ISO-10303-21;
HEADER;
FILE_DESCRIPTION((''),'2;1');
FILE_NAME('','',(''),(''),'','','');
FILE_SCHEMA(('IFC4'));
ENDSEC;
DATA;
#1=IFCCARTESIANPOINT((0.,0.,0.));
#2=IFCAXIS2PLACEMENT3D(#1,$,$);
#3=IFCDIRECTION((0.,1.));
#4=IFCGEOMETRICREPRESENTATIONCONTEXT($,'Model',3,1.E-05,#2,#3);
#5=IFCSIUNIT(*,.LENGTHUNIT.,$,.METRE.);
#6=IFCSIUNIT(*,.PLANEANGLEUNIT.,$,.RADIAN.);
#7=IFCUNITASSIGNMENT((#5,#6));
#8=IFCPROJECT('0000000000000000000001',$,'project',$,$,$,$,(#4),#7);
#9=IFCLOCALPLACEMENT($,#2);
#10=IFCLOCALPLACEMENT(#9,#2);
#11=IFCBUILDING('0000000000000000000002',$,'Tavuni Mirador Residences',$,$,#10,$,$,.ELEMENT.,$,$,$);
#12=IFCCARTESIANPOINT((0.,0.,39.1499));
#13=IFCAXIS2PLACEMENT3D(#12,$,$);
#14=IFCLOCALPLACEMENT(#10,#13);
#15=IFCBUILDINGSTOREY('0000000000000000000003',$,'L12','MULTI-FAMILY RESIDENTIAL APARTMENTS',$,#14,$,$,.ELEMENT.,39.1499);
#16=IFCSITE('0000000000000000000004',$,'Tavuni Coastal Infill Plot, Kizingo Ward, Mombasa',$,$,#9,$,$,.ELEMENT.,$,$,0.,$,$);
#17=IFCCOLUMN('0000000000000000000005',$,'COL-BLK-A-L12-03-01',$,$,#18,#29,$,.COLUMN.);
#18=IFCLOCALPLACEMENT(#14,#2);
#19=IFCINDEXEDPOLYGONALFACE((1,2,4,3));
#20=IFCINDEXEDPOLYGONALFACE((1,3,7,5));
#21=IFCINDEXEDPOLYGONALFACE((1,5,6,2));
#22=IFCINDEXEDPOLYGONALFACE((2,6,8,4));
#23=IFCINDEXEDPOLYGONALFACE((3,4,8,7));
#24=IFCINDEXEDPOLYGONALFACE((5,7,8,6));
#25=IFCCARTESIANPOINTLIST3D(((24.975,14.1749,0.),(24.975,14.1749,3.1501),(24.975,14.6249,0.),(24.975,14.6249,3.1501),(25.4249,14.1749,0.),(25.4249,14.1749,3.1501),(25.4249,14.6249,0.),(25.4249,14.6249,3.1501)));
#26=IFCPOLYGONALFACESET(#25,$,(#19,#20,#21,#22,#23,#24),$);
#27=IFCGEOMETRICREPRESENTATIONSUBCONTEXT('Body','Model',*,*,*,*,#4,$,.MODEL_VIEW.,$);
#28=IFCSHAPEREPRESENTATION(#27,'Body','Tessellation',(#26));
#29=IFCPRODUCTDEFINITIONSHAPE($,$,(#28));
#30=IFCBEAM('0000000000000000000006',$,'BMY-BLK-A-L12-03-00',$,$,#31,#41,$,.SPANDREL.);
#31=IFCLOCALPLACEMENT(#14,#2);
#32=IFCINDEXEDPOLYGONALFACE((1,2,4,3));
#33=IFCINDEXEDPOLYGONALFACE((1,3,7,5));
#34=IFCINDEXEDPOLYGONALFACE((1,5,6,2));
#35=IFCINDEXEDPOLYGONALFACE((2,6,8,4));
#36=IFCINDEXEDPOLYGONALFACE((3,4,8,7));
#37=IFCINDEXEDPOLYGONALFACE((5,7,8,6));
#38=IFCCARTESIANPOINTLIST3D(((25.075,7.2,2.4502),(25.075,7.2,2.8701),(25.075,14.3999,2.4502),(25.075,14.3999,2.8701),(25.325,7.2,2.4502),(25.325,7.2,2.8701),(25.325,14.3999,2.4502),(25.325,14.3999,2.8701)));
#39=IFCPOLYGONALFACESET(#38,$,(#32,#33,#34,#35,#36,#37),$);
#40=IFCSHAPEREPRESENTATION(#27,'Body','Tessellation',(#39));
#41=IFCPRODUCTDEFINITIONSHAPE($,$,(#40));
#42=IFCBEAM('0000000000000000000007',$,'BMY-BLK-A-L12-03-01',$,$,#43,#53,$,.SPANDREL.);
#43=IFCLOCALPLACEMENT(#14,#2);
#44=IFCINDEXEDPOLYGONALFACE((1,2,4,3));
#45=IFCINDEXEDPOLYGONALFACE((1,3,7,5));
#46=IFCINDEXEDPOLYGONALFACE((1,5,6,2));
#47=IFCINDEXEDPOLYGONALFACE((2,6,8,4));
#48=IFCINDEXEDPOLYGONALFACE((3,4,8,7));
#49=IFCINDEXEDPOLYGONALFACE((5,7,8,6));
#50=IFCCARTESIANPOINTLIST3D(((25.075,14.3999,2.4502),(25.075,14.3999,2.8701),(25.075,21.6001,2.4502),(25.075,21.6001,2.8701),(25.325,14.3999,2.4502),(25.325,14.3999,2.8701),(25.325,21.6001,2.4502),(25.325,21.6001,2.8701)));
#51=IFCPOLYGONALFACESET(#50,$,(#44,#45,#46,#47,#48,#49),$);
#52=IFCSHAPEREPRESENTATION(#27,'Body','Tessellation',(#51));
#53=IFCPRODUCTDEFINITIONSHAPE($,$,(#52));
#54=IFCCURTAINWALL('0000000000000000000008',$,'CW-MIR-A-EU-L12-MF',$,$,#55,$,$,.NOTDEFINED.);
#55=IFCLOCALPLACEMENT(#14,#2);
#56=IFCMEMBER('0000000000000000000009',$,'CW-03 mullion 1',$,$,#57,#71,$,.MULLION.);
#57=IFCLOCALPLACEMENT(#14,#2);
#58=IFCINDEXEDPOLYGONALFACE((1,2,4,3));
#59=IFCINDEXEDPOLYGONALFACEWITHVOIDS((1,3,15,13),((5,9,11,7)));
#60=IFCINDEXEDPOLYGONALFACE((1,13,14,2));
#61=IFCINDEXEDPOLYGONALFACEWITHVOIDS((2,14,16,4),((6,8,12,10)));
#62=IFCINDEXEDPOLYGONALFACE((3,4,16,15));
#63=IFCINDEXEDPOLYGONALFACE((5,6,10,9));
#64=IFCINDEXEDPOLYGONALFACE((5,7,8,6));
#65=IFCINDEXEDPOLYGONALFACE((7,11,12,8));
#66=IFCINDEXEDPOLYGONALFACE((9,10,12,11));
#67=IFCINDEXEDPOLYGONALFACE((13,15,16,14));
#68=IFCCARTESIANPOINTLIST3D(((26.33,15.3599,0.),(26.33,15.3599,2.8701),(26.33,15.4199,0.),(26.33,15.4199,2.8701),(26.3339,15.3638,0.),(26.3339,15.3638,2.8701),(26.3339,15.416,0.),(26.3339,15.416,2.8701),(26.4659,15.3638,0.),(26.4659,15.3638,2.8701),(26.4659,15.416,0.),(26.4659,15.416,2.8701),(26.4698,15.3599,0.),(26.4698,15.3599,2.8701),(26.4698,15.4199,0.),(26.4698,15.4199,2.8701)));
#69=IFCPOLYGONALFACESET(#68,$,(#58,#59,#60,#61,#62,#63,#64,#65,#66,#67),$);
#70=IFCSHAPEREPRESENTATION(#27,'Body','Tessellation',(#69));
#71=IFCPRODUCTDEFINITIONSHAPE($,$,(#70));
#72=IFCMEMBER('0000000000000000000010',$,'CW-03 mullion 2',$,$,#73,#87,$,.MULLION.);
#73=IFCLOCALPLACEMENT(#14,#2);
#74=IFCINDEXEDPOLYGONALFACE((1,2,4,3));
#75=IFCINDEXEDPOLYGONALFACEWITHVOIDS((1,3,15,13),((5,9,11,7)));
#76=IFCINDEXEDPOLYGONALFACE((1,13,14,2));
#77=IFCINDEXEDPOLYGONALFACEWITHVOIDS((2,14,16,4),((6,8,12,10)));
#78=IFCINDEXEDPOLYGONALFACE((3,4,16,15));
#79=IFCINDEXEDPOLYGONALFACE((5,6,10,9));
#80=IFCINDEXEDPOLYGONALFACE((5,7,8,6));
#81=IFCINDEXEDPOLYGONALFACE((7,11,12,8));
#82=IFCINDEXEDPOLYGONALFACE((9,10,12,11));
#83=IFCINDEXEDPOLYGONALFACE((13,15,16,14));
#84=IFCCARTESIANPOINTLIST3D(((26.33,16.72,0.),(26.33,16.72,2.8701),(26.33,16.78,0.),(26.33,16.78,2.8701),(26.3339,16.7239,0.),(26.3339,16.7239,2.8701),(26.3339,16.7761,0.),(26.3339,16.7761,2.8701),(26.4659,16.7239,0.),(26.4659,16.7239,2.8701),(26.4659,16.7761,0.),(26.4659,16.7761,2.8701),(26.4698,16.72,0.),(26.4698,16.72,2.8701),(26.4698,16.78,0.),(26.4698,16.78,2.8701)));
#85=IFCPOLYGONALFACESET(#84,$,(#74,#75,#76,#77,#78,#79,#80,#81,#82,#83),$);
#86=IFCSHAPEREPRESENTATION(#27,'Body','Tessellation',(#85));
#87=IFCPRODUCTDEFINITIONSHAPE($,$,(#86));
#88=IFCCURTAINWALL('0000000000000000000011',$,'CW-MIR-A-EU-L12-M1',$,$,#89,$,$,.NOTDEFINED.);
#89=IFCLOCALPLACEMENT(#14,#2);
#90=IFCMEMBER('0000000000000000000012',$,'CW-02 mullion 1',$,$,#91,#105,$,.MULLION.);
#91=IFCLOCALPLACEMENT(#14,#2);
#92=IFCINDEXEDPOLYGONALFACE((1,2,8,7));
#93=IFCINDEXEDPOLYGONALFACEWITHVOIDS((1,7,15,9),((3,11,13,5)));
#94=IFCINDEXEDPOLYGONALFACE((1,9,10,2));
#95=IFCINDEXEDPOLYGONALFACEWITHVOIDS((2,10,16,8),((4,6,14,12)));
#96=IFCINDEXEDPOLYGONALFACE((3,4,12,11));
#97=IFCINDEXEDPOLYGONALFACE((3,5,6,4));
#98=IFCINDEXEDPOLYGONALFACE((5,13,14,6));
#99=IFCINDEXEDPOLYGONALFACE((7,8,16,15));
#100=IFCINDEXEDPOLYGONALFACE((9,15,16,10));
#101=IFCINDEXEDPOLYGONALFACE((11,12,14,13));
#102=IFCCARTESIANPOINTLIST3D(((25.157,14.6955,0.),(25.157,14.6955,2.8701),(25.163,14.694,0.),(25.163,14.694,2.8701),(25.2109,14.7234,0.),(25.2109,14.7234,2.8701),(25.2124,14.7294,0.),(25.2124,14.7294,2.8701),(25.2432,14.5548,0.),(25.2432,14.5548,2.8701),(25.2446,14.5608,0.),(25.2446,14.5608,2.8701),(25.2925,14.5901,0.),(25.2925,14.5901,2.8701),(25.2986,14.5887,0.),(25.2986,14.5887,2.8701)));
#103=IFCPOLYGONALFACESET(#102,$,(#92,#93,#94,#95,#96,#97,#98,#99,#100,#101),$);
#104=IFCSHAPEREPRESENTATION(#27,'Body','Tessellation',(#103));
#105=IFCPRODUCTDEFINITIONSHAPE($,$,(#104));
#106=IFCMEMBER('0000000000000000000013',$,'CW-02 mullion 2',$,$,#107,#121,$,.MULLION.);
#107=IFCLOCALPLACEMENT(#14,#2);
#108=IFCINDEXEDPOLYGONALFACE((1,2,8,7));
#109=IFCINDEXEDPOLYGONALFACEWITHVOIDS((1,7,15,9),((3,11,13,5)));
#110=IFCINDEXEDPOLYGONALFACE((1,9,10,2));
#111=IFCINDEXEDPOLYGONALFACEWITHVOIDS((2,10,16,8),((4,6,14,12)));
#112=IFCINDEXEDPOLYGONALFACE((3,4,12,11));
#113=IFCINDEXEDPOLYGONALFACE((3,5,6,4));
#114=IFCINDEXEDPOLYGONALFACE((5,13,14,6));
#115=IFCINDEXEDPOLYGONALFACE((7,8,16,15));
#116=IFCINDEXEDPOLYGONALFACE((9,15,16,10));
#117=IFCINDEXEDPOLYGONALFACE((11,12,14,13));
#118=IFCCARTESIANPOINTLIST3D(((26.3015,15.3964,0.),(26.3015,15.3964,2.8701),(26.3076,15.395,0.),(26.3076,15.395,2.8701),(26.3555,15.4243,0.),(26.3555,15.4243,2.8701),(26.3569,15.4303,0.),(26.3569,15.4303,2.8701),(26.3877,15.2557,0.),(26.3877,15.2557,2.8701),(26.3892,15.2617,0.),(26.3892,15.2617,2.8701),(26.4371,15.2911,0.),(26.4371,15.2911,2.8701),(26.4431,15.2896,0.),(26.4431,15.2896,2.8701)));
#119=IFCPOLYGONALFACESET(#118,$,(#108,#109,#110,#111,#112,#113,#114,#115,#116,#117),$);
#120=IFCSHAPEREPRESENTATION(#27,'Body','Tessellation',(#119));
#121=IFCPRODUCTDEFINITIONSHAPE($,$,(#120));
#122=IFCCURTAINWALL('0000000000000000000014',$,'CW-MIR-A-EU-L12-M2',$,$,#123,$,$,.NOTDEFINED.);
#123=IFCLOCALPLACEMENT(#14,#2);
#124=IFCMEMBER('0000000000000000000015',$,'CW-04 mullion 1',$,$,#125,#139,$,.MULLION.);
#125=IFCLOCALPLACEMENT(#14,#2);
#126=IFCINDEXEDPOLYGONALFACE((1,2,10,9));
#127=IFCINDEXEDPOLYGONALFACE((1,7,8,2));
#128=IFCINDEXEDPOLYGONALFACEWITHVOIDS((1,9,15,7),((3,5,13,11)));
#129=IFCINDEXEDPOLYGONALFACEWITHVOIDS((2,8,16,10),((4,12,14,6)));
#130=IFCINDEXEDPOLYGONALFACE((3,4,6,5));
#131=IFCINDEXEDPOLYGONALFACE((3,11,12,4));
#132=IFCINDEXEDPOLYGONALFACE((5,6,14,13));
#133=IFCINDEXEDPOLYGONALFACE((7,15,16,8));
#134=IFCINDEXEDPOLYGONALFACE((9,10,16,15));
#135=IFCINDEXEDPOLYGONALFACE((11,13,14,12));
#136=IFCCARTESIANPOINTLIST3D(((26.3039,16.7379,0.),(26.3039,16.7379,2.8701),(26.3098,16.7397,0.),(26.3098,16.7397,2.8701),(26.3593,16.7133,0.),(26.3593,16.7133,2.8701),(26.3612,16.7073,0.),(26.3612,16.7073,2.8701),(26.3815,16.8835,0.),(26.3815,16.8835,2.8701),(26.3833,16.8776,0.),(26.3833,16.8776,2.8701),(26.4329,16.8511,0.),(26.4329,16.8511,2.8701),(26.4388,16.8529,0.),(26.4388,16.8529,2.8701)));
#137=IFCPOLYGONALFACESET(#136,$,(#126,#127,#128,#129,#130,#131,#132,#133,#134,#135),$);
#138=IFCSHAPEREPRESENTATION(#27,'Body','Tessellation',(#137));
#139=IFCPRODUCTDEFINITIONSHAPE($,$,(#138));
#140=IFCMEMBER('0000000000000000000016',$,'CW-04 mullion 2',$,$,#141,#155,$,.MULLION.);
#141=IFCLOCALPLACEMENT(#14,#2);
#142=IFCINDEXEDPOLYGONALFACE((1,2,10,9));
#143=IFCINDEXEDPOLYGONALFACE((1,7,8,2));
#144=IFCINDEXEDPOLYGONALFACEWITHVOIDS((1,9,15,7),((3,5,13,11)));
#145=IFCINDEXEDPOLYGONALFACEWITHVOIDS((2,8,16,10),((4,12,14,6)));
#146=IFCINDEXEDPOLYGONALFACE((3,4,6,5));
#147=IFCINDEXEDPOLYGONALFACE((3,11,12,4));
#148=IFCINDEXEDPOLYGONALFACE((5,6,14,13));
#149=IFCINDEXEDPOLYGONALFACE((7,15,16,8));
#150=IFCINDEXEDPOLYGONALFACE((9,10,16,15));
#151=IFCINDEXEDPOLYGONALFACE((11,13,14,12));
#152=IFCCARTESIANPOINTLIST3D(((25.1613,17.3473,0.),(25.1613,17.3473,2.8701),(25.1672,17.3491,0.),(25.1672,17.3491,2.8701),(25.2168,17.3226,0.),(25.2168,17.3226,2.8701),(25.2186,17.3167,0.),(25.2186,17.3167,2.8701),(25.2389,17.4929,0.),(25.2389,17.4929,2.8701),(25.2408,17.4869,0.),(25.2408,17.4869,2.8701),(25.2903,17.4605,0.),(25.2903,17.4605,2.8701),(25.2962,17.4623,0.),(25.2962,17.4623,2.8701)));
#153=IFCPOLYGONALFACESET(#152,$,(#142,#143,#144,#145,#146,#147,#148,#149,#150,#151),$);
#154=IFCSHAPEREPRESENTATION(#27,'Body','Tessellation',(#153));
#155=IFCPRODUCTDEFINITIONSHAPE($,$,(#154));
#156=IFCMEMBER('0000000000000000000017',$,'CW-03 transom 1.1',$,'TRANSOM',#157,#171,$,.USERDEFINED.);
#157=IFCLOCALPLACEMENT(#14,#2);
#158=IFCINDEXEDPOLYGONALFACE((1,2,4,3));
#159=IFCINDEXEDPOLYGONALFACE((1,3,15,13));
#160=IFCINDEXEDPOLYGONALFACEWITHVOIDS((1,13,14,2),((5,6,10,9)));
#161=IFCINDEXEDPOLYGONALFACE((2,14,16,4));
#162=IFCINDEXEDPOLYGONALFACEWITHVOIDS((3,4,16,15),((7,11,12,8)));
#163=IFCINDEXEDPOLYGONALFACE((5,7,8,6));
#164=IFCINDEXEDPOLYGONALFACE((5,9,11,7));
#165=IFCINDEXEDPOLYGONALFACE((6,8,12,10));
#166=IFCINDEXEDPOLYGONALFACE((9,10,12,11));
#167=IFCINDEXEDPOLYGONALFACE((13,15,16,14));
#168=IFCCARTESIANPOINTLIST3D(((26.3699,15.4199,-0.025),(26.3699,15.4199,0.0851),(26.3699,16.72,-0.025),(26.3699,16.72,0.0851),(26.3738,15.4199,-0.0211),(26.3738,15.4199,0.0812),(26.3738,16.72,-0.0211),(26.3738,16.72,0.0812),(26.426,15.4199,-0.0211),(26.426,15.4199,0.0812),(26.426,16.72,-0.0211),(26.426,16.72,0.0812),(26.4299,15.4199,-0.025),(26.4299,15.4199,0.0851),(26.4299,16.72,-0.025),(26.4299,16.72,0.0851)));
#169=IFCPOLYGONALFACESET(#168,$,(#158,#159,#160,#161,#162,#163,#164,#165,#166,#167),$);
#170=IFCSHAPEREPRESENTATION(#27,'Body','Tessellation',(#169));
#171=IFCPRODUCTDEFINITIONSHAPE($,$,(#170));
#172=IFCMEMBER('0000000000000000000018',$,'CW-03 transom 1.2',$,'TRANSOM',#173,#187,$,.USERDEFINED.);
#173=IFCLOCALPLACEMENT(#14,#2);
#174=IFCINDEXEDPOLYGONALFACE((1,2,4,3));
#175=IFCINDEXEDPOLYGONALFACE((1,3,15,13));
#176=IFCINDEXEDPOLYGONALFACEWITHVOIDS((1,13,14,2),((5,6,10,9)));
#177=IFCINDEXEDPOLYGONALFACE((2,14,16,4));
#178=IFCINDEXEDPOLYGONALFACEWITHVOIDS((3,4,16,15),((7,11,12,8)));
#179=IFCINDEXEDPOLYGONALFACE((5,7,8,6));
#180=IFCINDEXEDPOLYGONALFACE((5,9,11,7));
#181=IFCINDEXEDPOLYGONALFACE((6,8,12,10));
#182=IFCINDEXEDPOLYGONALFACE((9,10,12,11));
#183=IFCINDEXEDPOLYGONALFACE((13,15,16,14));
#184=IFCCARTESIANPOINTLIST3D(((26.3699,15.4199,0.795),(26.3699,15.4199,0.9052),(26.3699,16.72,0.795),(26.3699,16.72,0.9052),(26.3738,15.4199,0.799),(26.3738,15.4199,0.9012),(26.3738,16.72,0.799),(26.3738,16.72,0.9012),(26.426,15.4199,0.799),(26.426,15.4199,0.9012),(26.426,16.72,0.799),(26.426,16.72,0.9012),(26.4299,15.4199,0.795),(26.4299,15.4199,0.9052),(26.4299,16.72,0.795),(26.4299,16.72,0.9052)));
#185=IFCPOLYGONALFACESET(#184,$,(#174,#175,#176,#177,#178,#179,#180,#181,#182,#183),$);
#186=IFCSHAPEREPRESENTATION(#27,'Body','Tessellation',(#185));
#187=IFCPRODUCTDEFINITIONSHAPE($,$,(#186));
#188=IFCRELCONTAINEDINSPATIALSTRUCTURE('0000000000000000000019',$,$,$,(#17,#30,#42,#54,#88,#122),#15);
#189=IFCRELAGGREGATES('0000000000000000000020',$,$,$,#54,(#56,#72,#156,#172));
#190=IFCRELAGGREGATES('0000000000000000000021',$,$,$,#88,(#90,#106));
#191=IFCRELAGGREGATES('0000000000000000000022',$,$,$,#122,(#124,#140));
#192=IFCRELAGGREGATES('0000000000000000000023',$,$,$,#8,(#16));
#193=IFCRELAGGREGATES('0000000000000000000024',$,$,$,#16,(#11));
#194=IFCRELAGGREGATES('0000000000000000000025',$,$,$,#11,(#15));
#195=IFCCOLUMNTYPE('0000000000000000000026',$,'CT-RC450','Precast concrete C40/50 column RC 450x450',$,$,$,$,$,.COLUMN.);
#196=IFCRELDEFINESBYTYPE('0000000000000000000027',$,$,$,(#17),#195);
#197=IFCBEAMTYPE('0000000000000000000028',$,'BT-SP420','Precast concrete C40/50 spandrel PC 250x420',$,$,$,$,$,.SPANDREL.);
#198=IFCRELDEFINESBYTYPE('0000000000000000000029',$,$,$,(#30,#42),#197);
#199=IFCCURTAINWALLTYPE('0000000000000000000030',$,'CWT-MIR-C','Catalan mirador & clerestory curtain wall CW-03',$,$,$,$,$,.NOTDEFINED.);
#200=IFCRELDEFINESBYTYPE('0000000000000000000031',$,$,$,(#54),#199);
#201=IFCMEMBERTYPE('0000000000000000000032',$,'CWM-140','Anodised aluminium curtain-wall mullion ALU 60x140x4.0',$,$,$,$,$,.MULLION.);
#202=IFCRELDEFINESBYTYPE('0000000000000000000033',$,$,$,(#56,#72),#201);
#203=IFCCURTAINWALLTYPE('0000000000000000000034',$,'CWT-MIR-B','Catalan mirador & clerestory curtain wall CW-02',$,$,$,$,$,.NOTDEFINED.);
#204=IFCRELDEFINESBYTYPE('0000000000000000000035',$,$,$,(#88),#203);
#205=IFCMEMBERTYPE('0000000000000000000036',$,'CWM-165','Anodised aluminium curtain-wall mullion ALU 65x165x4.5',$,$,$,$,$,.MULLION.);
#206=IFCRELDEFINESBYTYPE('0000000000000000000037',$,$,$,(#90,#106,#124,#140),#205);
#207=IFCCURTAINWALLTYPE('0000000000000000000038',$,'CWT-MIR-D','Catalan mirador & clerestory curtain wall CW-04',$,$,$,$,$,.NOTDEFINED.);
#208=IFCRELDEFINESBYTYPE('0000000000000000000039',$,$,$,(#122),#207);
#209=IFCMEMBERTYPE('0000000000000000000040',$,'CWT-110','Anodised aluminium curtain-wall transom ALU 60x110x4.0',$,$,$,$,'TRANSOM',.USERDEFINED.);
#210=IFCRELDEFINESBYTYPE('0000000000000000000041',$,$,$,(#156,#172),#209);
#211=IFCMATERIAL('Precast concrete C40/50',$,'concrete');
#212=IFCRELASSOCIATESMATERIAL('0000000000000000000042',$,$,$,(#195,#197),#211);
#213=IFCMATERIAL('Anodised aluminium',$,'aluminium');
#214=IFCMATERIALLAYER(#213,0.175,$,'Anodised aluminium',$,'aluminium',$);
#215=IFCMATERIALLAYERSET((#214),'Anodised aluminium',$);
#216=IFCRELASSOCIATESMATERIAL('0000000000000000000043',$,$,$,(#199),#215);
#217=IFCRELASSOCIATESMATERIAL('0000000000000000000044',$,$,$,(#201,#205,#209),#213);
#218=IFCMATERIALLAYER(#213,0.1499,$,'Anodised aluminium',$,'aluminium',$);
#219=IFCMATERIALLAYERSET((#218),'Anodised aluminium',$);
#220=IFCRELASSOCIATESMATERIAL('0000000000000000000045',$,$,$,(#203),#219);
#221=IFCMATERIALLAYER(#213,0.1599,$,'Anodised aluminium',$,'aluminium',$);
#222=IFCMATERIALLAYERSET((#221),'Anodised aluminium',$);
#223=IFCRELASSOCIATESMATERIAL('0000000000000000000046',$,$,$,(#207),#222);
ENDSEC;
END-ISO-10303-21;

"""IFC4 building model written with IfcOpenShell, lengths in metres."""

from ifc_helpers import new_model, si_unit, direction, frame, origin, origin_2d, place, context, subcontext, project, spatial, rectangle, hollow_rectangle, extrude, material, layer, layer_set, material_profile, profile_set, type_object, element, aggregate, save


model = new_model("IFC4")

# Units and contexts
model_context = context("Model", 3, precision=1e-05, world=origin(), true_north=direction((0.0, 1.0)))
body_context = subcontext(model_context, "Body", "Model", "MODEL_VIEW")
ifc_project = project(units=[si_unit("LENGTHUNIT", "METRE"), si_unit("PLANEANGLEUNIT", "RADIAN")], contexts=[model_context])

# Site, building, storey
site_placement = place(None, origin())
site = spatial("IfcSite", under=ifc_project, at=site_placement, Name="Tavuni Coastal Infill Plot, Kizingo Ward, Mombasa", CompositionType="ELEMENT", RefElevation=0.0)
building_placement = place(site_placement, origin())
building = spatial("IfcBuilding", under=site, at=building_placement, Name="Tavuni Mirador Residences", CompositionType="ELEMENT")
storey_placement = place(building_placement, frame((0.0, 0.0, 39.1499)))
storey = spatial("IfcBuildingStorey", under=building, at=storey_placement, Name="L12", Description="MULTI-FAMILY RESIDENTIAL APARTMENTS", CompositionType="ELEMENT", Elevation=39.1499)

# Column
ifc_material_1 = material(Name="Precast concrete C40/50", Category="concrete")
ifc_material_profile_1 = material_profile(ifc_material_1, rectangle(XDim=0.45, YDim=0.45, at=origin_2d()), Name="RC 450x450", Category="concrete")
ifc_profile_set_1 = profile_set([ifc_material_profile_1], Name="Precast concrete C40/50")
column_type = type_object("IfcColumnType", Name="CT-RC450", Description="Precast concrete C40/50 column RC 450x450", PredefinedType="COLUMN", material=ifc_profile_set_1)
column_placement = place(storey_placement, frame((25.2, 14.3999, 0.0), z_axis=(0.0, 0.0, 1.0), x_axis=(1.0, 0.0, 0.0)))
element("IfcColumn", 1, at=column_placement, inside=storey, type_object=column_type, Name="COL-BLK-A-L12-03-01", PredefinedType="COLUMN", context=body_context, shape_type="SweptSolid", body=[
    extrude(rectangle(XDim=0.45, YDim=0.45, at=origin_2d()), origin(), (0.0, 0.0, 1.0), 3.1501),
])

# Beams
ifc_material_profile_2 = material_profile(ifc_material_1, rectangle(XDim=0.25, YDim=0.4199, at=origin_2d()), Name="PC 250x420", Category="concrete")
ifc_profile_set_2 = profile_set([ifc_material_profile_2], Name="Precast concrete C40/50")
beam_type = type_object("IfcBeamType", Name="BT-SP420", Description="Precast concrete C40/50 spandrel PC 250x420", PredefinedType="SPANDREL", material=ifc_profile_set_2)
beam_1_placement = place(storey_placement, frame((25.2, 7.2, 2.6602), z_axis=(0.0, 1.0, 0.0), x_axis=(-1.0, 0.0, 0.0)))
element("IfcBeam", 2, at=beam_1_placement, inside=storey, type_object=beam_type, Name="BMY-BLK-A-L12-03-00", PredefinedType="SPANDREL", context=body_context, shape_type="SweptSolid", body=[
    extrude(rectangle(XDim=0.25, YDim=0.4199, at=origin_2d()), origin(), (0.0, 0.0, 1.0), 7.2),
])
beam_2_placement = place(storey_placement, frame((25.2, 14.3999, 2.6602), z_axis=(0.0, 1.0, 0.0), x_axis=(-1.0, 0.0, 0.0)))
element("IfcBeam", 3, at=beam_2_placement, inside=storey, type_object=beam_type, Name="BMY-BLK-A-L12-03-01", PredefinedType="SPANDREL", context=body_context, shape_type="SweptSolid", body=[
    extrude(rectangle(XDim=0.25, YDim=0.4199, at=origin_2d()), origin(), (0.0, 0.0, 1.0), 7.2002),
])

# Curtain walls, members
ifc_material_2 = material(Name="Anodised aluminium", Category="aluminium")
ifc_layer_1 = layer(ifc_material_2, 0.175, Name="Anodised aluminium", Category="aluminium")
ifc_layer_set_1 = layer_set([ifc_layer_1], Name="Anodised aluminium")
curtain_wall_type_1 = type_object("IfcCurtainWallType", Name="CWT-MIR-C", Description="Catalan mirador & clerestory curtain wall CW-03", PredefinedType="NOTDEFINED", material=ifc_layer_set_1)
curtain_wall_1_placement = place(storey_placement, origin())
curtain_wall_1 = element("IfcCurtainWall", 4, at=curtain_wall_1_placement, inside=storey, type_object=curtain_wall_type_1, Name="CW-MIR-A-EU-L12-MF", PredefinedType="NOTDEFINED")
ifc_material_profile_3 = material_profile(ifc_material_2, hollow_rectangle(XDim=0.0601, YDim=0.1399, WallThickness=0.0039, at=origin_2d()), Name="ALU 60x140x4.0", Category="aluminium")
ifc_profile_set_3 = profile_set([ifc_material_profile_3], Name="Anodised aluminium")
member_type_1 = type_object("IfcMemberType", Name="CWM-140", Description="Anodised aluminium curtain-wall mullion ALU 60x140x4.0", PredefinedType="MULLION", material=ifc_profile_set_3)
member_1_placement = place(storey_placement, frame((26.3999, 15.3899, 0.0), z_axis=(0.0, 0.0, 1.0), x_axis=(0.0, 1.0, 0.0)))
member_1 = element("IfcMember", 5, at=member_1_placement, type_object=member_type_1, Name="CW-03 mullion 1", PredefinedType="MULLION", context=body_context, shape_type="SweptSolid", body=[
    extrude(hollow_rectangle(XDim=0.0601, YDim=0.1399, WallThickness=0.0039, at=origin_2d()), origin(), (0.0, 0.0, 1.0), 2.8701),
])
member_2_placement = place(storey_placement, frame((26.3999, 16.75, 0.0), z_axis=(0.0, 0.0, 1.0), x_axis=(0.0, 1.0, 0.0)))
member_2 = element("IfcMember", 6, at=member_2_placement, type_object=member_type_1, Name="CW-03 mullion 2", PredefinedType="MULLION", context=body_context, shape_type="SweptSolid", body=[
    extrude(hollow_rectangle(XDim=0.0601, YDim=0.1399, WallThickness=0.0039, at=origin_2d()), origin(), (0.0, 0.0, 1.0), 2.8701),
])
ifc_layer_2 = layer(ifc_material_2, 0.1499, Name="Anodised aluminium", Category="aluminium")
ifc_layer_set_2 = layer_set([ifc_layer_2], Name="Anodised aluminium")
curtain_wall_type_2 = type_object("IfcCurtainWallType", Name="CWT-MIR-B", Description="Catalan mirador & clerestory curtain wall CW-02", PredefinedType="NOTDEFINED", material=ifc_layer_set_2)
curtain_wall_2_placement = place(storey_placement, origin())
curtain_wall_2 = element("IfcCurtainWall", 7, at=curtain_wall_2_placement, inside=storey, type_object=curtain_wall_type_2, Name="CW-MIR-A-EU-L12-M1", PredefinedType="NOTDEFINED")
ifc_material_profile_4 = material_profile(ifc_material_2, hollow_rectangle(XDim=0.0649, YDim=0.165, WallThickness=0.0044, at=origin_2d()), Name="ALU 65x165x4.5", Category="aluminium")
ifc_profile_set_4 = profile_set([ifc_material_profile_4], Name="Anodised aluminium")
member_type_2 = type_object("IfcMemberType", Name="CWM-165", Description="Anodised aluminium curtain-wall mullion ALU 65x165x4.5", PredefinedType="MULLION", material=ifc_profile_set_4)
member_3_placement = place(storey_placement, frame((25.2278, 14.6421, 0.0), z_axis=(0.0, 0.0, 1.0), x_axis=(0.852754, 0.522312, 0.0)))
member_3 = element("IfcMember", 8, at=member_3_placement, type_object=member_type_2, Name="CW-02 mullion 1", PredefinedType="MULLION", context=body_context, shape_type="SweptSolid", body=[
    extrude(hollow_rectangle(XDim=0.0649, YDim=0.165, WallThickness=0.0044, at=origin_2d()), origin(), (0.0, 0.0, 1.0), 2.8701),
])
member_4_placement = place(storey_placement, frame((26.3723, 15.343, 0.0), z_axis=(0.0, 0.0, 1.0), x_axis=(0.852754, 0.522312, 0.0)))
member_4 = element("IfcMember", 9, at=member_4_placement, type_object=member_type_2, Name="CW-02 mullion 2", PredefinedType="MULLION", context=body_context, shape_type="SweptSolid", body=[
    extrude(hollow_rectangle(XDim=0.0649, YDim=0.165, WallThickness=0.0044, at=origin_2d()), origin(), (0.0, 0.0, 1.0), 2.8701),
])
ifc_layer_3 = layer(ifc_material_2, 0.1599, Name="Anodised aluminium", Category="aluminium")
ifc_layer_set_3 = layer_set([ifc_layer_3], Name="Anodised aluminium")
curtain_wall_type_3 = type_object("IfcCurtainWallType", Name="CWT-MIR-D", Description="Catalan mirador & clerestory curtain wall CW-04", PredefinedType="NOTDEFINED", material=ifc_layer_set_3)
curtain_wall_3_placement = place(storey_placement, origin())
curtain_wall_3 = element("IfcCurtainWall", 10, at=curtain_wall_3_placement, inside=storey, type_object=curtain_wall_type_3, Name="CW-MIR-A-EU-L12-M2", PredefinedType="NOTDEFINED")
member_5_placement = place(storey_placement, frame((26.3713, 16.7954, 0.0), z_axis=(0.0, 0.0, 1.0), x_axis=(-0.882353, 0.470588, 0.0)))
member_5 = element("IfcMember", 11, at=member_5_placement, type_object=member_type_2, Name="CW-04 mullion 1", PredefinedType="MULLION", context=body_context, shape_type="SweptSolid", body=[
    extrude(hollow_rectangle(XDim=0.0649, YDim=0.165, WallThickness=0.0044, at=origin_2d()), origin(), (0.0, 0.0, 1.0), 2.8701),
])
member_6_placement = place(storey_placement, frame((25.2288, 17.4048, 0.0), z_axis=(0.0, 0.0, 1.0), x_axis=(-0.882353, 0.470588, 0.0)))
member_6 = element("IfcMember", 12, at=member_6_placement, type_object=member_type_2, Name="CW-04 mullion 2", PredefinedType="MULLION", context=body_context, shape_type="SweptSolid", body=[
    extrude(hollow_rectangle(XDim=0.0649, YDim=0.165, WallThickness=0.0044, at=origin_2d()), origin(), (0.0, 0.0, 1.0), 2.8701),
])

# Members
ifc_material_profile_5 = material_profile(ifc_material_2, hollow_rectangle(XDim=0.0601, YDim=0.1101, WallThickness=0.0039, at=origin_2d()), Name="ALU 60x110x4.0", Category="aluminium")
ifc_profile_set_5 = profile_set([ifc_material_profile_5], Name="Anodised aluminium")
member_type_3 = type_object("IfcMemberType", Name="CWT-110", Description="Anodised aluminium curtain-wall transom ALU 60x110x4.0", ElementType="TRANSOM", PredefinedType="USERDEFINED", material=ifc_profile_set_5)
member_7_placement = place(storey_placement, frame((26.3999, 15.4199, 0.03), z_axis=(0.0, 1.0, 0.0), x_axis=(-1.0, 0.0, 0.0)))
member_7 = element("IfcMember", 13, at=member_7_placement, type_object=member_type_3, Name="CW-03 transom 1.1", ObjectType="TRANSOM", PredefinedType="USERDEFINED", context=body_context, shape_type="SweptSolid", body=[
    extrude(hollow_rectangle(XDim=0.0601, YDim=0.1101, WallThickness=0.0039, at=origin_2d()), origin(), (0.0, 0.0, 1.0), 1.3),
])
member_8_placement = place(storey_placement, frame((26.3999, 15.4199, 0.8501), z_axis=(0.0, 1.0, 0.0), x_axis=(-1.0, 0.0, 0.0)))
member_8 = element("IfcMember", 14, at=member_8_placement, type_object=member_type_3, Name="CW-03 transom 1.2", ObjectType="TRANSOM", PredefinedType="USERDEFINED", context=body_context, shape_type="SweptSolid", body=[
    extrude(hollow_rectangle(XDim=0.0601, YDim=0.1101, WallThickness=0.0039, at=origin_2d()), origin(), (0.0, 0.0, 1.0), 1.3),
])

aggregate(curtain_wall_1, [member_1, member_2, member_7, member_8])
aggregate(curtain_wall_2, [member_3, member_4])
aggregate(curtain_wall_3, [member_5, member_6])

save(model, "model.ifc")
